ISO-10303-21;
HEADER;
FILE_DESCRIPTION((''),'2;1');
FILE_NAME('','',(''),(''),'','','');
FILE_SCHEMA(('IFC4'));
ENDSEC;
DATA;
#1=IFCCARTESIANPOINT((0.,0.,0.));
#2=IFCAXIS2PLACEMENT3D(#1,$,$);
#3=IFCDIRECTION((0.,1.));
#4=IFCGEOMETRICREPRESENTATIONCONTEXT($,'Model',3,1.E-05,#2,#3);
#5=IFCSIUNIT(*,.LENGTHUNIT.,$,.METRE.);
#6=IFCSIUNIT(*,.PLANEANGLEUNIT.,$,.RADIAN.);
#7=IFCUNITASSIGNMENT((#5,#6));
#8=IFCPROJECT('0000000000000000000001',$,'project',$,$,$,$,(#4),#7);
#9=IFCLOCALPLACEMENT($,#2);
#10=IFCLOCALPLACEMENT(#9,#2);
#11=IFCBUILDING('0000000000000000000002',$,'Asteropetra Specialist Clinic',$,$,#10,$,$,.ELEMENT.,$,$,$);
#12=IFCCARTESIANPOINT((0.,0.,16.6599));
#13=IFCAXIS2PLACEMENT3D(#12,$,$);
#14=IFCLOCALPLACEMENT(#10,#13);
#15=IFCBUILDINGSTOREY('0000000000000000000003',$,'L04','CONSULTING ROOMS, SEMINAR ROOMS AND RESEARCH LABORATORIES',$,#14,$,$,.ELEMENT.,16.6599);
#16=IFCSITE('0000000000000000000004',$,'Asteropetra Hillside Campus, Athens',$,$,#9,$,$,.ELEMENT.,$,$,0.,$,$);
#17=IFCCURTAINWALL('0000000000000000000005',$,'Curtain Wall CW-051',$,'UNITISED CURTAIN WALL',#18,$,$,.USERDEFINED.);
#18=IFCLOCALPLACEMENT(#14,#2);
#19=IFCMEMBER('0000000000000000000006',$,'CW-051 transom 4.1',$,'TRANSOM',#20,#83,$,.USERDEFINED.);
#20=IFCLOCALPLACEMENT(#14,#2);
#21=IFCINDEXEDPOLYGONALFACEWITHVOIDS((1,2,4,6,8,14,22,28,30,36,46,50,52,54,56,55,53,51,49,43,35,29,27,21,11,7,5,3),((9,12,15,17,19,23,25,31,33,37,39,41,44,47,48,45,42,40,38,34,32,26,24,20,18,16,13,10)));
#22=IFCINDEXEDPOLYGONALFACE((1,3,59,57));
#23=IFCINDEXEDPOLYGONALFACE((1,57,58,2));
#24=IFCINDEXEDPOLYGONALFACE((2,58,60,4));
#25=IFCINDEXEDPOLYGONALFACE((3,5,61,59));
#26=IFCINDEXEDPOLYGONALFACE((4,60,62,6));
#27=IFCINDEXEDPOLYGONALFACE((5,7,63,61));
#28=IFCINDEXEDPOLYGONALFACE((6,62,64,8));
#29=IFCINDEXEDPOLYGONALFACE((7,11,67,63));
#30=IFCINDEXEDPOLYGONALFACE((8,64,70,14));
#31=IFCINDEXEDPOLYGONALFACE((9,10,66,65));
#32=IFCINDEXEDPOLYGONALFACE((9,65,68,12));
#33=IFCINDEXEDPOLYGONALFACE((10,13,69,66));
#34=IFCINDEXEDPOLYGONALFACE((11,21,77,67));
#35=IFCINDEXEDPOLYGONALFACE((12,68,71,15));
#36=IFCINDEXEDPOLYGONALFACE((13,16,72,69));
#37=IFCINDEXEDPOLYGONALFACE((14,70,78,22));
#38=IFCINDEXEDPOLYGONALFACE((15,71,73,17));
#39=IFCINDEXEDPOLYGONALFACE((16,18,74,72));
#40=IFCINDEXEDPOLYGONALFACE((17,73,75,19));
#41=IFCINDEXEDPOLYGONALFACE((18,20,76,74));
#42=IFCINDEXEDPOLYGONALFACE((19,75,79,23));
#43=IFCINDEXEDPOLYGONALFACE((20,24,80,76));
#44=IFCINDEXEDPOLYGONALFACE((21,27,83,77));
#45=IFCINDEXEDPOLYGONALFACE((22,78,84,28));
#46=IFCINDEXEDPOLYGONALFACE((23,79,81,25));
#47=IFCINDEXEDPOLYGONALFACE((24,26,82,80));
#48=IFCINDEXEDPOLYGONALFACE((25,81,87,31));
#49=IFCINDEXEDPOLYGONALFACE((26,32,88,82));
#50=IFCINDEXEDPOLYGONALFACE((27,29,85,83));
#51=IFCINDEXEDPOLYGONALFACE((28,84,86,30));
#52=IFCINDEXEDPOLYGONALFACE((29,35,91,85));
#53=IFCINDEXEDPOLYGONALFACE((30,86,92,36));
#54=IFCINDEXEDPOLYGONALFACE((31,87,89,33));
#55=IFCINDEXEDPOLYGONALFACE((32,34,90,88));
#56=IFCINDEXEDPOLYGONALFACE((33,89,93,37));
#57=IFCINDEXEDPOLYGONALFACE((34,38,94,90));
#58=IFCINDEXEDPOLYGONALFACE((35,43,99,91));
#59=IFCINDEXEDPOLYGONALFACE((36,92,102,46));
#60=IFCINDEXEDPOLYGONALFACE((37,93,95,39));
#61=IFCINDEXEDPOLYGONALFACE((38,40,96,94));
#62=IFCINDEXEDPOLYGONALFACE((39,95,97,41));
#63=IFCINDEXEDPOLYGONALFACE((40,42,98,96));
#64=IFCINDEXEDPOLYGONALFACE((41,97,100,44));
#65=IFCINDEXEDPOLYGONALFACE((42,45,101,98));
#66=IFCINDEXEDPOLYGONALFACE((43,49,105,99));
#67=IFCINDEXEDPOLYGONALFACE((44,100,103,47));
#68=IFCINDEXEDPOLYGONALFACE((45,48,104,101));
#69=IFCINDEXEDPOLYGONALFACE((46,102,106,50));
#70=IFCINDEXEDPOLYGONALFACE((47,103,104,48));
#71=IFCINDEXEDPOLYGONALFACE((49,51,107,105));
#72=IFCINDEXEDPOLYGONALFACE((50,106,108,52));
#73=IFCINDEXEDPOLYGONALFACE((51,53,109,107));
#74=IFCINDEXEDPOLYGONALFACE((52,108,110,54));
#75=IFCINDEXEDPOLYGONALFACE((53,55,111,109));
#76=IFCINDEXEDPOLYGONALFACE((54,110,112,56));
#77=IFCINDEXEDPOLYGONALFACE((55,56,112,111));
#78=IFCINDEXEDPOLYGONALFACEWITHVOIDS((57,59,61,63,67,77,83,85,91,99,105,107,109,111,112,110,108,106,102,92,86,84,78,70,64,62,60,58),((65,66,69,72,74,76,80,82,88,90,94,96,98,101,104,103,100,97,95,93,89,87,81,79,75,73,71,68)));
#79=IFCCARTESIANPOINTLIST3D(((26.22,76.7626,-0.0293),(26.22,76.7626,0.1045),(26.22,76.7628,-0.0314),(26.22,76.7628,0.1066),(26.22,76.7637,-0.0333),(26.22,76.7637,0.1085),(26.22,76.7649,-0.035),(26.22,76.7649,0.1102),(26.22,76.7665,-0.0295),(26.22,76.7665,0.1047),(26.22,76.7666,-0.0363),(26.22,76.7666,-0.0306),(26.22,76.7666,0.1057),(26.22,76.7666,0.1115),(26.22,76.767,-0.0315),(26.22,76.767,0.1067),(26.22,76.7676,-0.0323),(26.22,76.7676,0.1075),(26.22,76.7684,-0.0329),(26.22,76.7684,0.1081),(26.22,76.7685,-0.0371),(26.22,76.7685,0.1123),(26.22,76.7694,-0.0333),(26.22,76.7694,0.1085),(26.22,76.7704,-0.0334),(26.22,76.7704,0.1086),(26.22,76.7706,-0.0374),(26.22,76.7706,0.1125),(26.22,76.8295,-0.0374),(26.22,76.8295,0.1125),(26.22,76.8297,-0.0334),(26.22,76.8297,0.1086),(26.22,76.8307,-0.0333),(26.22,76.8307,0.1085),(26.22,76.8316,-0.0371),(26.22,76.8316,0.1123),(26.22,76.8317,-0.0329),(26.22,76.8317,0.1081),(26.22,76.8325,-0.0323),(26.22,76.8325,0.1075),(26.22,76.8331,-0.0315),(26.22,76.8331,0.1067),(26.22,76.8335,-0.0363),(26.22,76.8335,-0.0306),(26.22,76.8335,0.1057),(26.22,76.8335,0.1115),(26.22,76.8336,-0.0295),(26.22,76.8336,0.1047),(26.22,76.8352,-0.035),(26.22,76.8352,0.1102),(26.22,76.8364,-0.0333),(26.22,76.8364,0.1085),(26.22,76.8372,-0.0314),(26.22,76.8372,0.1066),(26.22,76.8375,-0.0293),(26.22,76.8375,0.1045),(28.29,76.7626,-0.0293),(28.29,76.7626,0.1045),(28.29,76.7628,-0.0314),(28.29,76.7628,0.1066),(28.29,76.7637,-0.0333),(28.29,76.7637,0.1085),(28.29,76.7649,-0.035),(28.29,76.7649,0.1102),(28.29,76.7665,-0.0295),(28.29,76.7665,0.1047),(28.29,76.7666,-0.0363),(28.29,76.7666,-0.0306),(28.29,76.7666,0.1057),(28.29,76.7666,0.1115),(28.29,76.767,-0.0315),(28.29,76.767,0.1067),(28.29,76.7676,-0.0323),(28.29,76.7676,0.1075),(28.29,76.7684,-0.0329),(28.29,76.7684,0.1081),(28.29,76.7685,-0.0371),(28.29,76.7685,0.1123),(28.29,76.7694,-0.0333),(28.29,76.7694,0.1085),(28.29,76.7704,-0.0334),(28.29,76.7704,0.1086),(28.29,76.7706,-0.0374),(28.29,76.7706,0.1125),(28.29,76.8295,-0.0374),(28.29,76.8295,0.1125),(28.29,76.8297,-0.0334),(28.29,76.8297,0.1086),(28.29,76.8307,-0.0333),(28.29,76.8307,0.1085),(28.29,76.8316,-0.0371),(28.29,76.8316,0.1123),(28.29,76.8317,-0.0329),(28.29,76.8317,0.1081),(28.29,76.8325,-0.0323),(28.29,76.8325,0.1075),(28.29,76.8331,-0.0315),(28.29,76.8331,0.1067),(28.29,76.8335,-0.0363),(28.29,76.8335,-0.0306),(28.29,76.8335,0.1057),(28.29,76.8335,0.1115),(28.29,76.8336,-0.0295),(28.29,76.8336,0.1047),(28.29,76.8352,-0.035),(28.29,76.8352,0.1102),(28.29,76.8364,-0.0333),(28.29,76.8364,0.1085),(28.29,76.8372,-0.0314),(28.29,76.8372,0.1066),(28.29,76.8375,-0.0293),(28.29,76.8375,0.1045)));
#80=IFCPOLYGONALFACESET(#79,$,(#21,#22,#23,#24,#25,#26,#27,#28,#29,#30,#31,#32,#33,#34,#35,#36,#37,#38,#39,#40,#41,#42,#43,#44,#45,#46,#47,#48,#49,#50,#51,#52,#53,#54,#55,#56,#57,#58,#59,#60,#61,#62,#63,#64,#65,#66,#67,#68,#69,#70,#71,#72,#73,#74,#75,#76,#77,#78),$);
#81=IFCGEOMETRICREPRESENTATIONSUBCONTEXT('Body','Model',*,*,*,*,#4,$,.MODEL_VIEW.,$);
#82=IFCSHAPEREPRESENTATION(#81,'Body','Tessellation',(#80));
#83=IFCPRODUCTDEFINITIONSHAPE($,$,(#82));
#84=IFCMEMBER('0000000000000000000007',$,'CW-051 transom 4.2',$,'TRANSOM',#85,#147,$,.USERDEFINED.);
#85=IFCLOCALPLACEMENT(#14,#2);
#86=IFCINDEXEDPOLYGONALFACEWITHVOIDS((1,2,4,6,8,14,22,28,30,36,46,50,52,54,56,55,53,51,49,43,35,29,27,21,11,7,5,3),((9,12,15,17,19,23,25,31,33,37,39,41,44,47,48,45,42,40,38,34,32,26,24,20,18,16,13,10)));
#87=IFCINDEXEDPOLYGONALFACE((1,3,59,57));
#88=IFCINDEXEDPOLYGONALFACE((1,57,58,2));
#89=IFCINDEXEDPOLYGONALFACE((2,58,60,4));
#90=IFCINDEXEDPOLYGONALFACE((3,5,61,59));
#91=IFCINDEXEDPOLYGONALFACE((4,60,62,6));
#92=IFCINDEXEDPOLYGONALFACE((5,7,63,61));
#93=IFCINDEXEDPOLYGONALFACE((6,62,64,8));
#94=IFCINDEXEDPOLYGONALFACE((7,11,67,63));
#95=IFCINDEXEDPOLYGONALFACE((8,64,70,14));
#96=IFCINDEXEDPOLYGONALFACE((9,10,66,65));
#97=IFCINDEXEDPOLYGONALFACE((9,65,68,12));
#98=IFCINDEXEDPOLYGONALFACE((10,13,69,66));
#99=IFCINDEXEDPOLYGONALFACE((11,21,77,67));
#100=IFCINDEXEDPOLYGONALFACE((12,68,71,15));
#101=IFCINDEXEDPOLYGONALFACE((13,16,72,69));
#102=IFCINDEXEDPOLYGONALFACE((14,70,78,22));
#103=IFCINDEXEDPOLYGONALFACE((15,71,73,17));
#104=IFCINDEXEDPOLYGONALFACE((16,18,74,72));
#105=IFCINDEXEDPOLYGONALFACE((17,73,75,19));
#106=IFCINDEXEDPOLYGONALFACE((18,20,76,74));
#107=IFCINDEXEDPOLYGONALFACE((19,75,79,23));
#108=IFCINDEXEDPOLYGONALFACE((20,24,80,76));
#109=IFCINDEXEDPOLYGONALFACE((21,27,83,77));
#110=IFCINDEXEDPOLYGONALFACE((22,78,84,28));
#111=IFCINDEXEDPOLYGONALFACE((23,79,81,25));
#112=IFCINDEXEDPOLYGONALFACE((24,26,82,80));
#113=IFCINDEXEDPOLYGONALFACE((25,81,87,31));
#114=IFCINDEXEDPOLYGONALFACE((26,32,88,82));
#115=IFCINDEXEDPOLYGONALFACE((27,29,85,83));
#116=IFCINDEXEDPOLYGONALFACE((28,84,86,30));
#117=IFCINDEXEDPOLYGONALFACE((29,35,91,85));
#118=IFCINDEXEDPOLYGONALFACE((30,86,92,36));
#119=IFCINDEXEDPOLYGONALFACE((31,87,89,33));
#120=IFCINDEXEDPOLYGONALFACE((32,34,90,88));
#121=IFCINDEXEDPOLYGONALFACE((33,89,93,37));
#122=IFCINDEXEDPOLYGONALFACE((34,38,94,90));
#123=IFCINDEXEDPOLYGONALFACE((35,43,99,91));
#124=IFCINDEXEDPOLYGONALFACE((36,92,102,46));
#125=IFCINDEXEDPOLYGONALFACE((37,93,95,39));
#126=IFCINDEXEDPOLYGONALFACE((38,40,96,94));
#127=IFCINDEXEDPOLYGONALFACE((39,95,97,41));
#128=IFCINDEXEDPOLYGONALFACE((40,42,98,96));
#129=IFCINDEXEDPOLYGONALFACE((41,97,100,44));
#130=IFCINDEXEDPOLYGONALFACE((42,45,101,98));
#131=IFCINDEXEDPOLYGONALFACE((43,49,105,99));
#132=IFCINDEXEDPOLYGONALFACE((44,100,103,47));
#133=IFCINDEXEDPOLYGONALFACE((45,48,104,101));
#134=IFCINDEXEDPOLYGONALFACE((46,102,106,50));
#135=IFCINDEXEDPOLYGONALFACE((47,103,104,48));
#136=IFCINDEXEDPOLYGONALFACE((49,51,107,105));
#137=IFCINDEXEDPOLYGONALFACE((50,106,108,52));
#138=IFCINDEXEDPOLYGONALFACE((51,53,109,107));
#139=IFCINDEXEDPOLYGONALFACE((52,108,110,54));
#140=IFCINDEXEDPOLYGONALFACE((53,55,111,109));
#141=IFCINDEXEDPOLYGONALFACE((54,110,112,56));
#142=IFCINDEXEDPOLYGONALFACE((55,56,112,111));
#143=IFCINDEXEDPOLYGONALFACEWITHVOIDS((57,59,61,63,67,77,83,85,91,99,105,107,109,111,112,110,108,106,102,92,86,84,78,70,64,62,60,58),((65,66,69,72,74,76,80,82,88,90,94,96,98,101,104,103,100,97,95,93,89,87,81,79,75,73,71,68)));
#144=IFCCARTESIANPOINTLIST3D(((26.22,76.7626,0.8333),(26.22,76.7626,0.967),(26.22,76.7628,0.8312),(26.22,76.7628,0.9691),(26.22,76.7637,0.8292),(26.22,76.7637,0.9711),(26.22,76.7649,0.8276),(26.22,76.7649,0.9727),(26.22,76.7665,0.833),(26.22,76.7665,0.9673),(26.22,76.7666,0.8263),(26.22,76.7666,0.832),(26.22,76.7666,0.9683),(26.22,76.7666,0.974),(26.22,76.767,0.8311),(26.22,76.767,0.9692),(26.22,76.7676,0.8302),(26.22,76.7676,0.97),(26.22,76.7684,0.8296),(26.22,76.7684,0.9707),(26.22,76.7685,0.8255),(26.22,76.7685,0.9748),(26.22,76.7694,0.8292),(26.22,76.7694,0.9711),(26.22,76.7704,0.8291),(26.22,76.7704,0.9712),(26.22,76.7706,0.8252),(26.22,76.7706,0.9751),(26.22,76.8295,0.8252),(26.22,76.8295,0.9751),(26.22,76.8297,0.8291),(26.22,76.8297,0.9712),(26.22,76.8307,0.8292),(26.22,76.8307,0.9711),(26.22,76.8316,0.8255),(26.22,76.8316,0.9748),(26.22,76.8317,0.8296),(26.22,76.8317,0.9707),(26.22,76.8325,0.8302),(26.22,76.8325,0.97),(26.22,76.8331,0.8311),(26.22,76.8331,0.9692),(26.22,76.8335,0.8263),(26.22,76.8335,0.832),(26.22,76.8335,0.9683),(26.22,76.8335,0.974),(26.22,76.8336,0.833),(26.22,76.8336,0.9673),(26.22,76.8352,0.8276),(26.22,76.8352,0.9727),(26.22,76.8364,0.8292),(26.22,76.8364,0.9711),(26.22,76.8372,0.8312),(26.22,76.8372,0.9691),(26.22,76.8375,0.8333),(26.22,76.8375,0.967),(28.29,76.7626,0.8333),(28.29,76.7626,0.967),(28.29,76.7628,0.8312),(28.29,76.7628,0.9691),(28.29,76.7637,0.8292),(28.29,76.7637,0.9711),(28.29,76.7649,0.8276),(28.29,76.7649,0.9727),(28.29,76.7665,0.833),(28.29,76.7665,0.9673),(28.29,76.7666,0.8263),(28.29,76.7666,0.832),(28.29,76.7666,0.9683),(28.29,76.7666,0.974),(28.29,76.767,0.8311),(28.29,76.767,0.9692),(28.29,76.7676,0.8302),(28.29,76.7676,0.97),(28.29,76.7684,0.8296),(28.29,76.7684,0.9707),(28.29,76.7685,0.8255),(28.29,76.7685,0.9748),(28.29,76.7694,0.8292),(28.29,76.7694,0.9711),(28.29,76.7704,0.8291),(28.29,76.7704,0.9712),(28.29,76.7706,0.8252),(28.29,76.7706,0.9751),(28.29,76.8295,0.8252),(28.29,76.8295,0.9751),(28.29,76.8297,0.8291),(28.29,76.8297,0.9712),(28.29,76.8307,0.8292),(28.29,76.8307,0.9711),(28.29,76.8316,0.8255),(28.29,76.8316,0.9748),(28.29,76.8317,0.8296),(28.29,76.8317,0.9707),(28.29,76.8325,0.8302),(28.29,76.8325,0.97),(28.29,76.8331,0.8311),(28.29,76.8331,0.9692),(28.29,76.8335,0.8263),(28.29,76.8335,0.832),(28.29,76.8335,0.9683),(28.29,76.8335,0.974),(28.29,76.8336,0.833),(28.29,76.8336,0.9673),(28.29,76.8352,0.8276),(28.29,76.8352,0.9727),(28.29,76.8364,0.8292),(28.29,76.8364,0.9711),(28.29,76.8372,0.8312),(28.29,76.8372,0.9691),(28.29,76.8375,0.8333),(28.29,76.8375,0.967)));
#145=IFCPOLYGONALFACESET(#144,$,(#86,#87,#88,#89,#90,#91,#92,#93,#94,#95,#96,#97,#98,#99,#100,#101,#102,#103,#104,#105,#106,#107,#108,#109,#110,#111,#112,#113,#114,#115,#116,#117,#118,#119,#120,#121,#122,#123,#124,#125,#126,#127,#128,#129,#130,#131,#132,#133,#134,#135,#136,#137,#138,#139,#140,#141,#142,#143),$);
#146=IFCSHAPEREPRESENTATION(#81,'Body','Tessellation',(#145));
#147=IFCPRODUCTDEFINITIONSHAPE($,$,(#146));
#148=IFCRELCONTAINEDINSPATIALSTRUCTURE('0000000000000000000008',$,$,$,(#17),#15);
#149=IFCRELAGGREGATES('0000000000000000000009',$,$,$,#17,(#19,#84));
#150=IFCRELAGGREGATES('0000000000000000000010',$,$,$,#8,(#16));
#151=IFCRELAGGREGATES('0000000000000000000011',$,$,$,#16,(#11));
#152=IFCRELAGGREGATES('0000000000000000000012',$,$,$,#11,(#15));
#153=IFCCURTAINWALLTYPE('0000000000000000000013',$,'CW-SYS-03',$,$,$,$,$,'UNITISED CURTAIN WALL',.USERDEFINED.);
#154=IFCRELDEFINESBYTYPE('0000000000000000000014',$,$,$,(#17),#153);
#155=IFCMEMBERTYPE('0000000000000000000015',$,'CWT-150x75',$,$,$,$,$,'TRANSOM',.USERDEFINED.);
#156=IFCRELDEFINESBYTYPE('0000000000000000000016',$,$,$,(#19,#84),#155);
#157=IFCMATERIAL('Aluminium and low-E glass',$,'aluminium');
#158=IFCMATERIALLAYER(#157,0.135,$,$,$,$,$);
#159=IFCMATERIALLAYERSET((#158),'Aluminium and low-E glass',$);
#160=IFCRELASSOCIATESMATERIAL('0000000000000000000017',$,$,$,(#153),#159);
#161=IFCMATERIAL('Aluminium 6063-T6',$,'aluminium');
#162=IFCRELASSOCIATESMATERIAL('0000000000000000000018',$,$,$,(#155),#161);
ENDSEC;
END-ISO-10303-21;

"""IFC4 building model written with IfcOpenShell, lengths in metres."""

from ifc_helpers import new_model, si_unit, direction, frame, origin, origin_2d, place, context, subcontext, project, spatial, hollow_rectangle, extrude, material, layer, layer_set, material_profile, profile_set, type_object, element, aggregate, save


model = new_model("IFC4")

# Units and contexts
model_context = context("Model", 3, precision=1e-05, world=origin(), true_north=direction((0.0, 1.0)))
body_context = subcontext(model_context, "Body", "Model", "MODEL_VIEW")
ifc_project = project(units=[si_unit("LENGTHUNIT", "METRE"), si_unit("PLANEANGLEUNIT", "RADIAN")], contexts=[model_context])

# Site, building, storey
site_placement = place(None, origin())
site = spatial("IfcSite", under=ifc_project, at=site_placement, Name="Asteropetra Hillside Campus, Athens", CompositionType="ELEMENT", RefElevation=0.0)
building_placement = place(site_placement, origin())
building = spatial("IfcBuilding", under=site, at=building_placement, Name="Asteropetra Specialist Clinic", CompositionType="ELEMENT")
storey_placement = place(building_placement, frame((0.0, 0.0, 16.6599)))
storey = spatial("IfcBuildingStorey", under=building, at=storey_placement, Name="L04", Description="CONSULTING ROOMS, SEMINAR ROOMS AND RESEARCH LABORATORIES", CompositionType="ELEMENT", Elevation=16.6599)

# Curtain wall
ifc_material_1 = material(Name="Aluminium and low-E glass", Category="aluminium")
ifc_layer_1 = layer(ifc_material_1, 0.135)
ifc_layer_set_1 = layer_set([ifc_layer_1], Name="Aluminium and low-E glass")
curtain_wall_type_1 = type_object("IfcCurtainWallType", Name="CW-SYS-03", ElementType="UNITISED CURTAIN WALL", PredefinedType="USERDEFINED", material=ifc_layer_set_1)
curtain_wall_1_placement = place(storey_placement, origin())
curtain_wall_1 = element("IfcCurtainWall", 1, at=curtain_wall_1_placement, inside=storey, type_object=curtain_wall_type_1, Name="Curtain Wall CW-051", ObjectType="UNITISED CURTAIN WALL", PredefinedType="USERDEFINED")

# Members
ifc_material_2 = material(Name="Aluminium 6063-T6", Category="aluminium")
ifc_material_profile_1 = material_profile(ifc_material_2, hollow_rectangle(XDim=0.075, YDim=0.1499, WallThickness=0.0039, InnerFilletRadius=0.0039, OuterFilletRadius=0.0081, at=origin_2d()), Name="TRN 150x75x4.0")
ifc_profile_set_1 = profile_set([ifc_material_profile_1], Name="Aluminium 6063-T6")
member_type_1 = type_object("IfcMemberType", Name="CWT-150x75", ElementType="TRANSOM", PredefinedType="USERDEFINED", material=ifc_profile_set_1)
member_1_placement = place(storey_placement, frame((26.22, 76.8, 0.0376), z_axis=(1.0, 0.0, 0.0), x_axis=(0.0, 1.0, 0.0)))
member_1 = element("IfcMember", 2, at=member_1_placement, type_object=member_type_1, Name="CW-051 transom 4.1", ObjectType="TRANSOM", PredefinedType="USERDEFINED", context=body_context, shape_type="SweptSolid", body=[
    extrude(hollow_rectangle(XDim=0.075, YDim=0.1499, WallThickness=0.0039, InnerFilletRadius=0.0039, OuterFilletRadius=0.0081, at=origin_2d()), origin(), (0.0, 0.0, 1.0), 2.0701),
])
member_2_placement = place(storey_placement, frame((26.22, 76.8, 0.9001), z_axis=(1.0, 0.0, 0.0), x_axis=(0.0, 1.0, 0.0)))
member_2 = element("IfcMember", 3, at=member_2_placement, type_object=member_type_1, Name="CW-051 transom 4.2", ObjectType="TRANSOM", PredefinedType="USERDEFINED", context=body_context, shape_type="SweptSolid", body=[
    extrude(hollow_rectangle(XDim=0.075, YDim=0.1499, WallThickness=0.0039, InnerFilletRadius=0.0039, OuterFilletRadius=0.0081, at=origin_2d()), origin(), (0.0, 0.0, 1.0), 2.0701),
])

aggregate(curtain_wall_1, [member_1, member_2])

save(model, "model.ifc")
